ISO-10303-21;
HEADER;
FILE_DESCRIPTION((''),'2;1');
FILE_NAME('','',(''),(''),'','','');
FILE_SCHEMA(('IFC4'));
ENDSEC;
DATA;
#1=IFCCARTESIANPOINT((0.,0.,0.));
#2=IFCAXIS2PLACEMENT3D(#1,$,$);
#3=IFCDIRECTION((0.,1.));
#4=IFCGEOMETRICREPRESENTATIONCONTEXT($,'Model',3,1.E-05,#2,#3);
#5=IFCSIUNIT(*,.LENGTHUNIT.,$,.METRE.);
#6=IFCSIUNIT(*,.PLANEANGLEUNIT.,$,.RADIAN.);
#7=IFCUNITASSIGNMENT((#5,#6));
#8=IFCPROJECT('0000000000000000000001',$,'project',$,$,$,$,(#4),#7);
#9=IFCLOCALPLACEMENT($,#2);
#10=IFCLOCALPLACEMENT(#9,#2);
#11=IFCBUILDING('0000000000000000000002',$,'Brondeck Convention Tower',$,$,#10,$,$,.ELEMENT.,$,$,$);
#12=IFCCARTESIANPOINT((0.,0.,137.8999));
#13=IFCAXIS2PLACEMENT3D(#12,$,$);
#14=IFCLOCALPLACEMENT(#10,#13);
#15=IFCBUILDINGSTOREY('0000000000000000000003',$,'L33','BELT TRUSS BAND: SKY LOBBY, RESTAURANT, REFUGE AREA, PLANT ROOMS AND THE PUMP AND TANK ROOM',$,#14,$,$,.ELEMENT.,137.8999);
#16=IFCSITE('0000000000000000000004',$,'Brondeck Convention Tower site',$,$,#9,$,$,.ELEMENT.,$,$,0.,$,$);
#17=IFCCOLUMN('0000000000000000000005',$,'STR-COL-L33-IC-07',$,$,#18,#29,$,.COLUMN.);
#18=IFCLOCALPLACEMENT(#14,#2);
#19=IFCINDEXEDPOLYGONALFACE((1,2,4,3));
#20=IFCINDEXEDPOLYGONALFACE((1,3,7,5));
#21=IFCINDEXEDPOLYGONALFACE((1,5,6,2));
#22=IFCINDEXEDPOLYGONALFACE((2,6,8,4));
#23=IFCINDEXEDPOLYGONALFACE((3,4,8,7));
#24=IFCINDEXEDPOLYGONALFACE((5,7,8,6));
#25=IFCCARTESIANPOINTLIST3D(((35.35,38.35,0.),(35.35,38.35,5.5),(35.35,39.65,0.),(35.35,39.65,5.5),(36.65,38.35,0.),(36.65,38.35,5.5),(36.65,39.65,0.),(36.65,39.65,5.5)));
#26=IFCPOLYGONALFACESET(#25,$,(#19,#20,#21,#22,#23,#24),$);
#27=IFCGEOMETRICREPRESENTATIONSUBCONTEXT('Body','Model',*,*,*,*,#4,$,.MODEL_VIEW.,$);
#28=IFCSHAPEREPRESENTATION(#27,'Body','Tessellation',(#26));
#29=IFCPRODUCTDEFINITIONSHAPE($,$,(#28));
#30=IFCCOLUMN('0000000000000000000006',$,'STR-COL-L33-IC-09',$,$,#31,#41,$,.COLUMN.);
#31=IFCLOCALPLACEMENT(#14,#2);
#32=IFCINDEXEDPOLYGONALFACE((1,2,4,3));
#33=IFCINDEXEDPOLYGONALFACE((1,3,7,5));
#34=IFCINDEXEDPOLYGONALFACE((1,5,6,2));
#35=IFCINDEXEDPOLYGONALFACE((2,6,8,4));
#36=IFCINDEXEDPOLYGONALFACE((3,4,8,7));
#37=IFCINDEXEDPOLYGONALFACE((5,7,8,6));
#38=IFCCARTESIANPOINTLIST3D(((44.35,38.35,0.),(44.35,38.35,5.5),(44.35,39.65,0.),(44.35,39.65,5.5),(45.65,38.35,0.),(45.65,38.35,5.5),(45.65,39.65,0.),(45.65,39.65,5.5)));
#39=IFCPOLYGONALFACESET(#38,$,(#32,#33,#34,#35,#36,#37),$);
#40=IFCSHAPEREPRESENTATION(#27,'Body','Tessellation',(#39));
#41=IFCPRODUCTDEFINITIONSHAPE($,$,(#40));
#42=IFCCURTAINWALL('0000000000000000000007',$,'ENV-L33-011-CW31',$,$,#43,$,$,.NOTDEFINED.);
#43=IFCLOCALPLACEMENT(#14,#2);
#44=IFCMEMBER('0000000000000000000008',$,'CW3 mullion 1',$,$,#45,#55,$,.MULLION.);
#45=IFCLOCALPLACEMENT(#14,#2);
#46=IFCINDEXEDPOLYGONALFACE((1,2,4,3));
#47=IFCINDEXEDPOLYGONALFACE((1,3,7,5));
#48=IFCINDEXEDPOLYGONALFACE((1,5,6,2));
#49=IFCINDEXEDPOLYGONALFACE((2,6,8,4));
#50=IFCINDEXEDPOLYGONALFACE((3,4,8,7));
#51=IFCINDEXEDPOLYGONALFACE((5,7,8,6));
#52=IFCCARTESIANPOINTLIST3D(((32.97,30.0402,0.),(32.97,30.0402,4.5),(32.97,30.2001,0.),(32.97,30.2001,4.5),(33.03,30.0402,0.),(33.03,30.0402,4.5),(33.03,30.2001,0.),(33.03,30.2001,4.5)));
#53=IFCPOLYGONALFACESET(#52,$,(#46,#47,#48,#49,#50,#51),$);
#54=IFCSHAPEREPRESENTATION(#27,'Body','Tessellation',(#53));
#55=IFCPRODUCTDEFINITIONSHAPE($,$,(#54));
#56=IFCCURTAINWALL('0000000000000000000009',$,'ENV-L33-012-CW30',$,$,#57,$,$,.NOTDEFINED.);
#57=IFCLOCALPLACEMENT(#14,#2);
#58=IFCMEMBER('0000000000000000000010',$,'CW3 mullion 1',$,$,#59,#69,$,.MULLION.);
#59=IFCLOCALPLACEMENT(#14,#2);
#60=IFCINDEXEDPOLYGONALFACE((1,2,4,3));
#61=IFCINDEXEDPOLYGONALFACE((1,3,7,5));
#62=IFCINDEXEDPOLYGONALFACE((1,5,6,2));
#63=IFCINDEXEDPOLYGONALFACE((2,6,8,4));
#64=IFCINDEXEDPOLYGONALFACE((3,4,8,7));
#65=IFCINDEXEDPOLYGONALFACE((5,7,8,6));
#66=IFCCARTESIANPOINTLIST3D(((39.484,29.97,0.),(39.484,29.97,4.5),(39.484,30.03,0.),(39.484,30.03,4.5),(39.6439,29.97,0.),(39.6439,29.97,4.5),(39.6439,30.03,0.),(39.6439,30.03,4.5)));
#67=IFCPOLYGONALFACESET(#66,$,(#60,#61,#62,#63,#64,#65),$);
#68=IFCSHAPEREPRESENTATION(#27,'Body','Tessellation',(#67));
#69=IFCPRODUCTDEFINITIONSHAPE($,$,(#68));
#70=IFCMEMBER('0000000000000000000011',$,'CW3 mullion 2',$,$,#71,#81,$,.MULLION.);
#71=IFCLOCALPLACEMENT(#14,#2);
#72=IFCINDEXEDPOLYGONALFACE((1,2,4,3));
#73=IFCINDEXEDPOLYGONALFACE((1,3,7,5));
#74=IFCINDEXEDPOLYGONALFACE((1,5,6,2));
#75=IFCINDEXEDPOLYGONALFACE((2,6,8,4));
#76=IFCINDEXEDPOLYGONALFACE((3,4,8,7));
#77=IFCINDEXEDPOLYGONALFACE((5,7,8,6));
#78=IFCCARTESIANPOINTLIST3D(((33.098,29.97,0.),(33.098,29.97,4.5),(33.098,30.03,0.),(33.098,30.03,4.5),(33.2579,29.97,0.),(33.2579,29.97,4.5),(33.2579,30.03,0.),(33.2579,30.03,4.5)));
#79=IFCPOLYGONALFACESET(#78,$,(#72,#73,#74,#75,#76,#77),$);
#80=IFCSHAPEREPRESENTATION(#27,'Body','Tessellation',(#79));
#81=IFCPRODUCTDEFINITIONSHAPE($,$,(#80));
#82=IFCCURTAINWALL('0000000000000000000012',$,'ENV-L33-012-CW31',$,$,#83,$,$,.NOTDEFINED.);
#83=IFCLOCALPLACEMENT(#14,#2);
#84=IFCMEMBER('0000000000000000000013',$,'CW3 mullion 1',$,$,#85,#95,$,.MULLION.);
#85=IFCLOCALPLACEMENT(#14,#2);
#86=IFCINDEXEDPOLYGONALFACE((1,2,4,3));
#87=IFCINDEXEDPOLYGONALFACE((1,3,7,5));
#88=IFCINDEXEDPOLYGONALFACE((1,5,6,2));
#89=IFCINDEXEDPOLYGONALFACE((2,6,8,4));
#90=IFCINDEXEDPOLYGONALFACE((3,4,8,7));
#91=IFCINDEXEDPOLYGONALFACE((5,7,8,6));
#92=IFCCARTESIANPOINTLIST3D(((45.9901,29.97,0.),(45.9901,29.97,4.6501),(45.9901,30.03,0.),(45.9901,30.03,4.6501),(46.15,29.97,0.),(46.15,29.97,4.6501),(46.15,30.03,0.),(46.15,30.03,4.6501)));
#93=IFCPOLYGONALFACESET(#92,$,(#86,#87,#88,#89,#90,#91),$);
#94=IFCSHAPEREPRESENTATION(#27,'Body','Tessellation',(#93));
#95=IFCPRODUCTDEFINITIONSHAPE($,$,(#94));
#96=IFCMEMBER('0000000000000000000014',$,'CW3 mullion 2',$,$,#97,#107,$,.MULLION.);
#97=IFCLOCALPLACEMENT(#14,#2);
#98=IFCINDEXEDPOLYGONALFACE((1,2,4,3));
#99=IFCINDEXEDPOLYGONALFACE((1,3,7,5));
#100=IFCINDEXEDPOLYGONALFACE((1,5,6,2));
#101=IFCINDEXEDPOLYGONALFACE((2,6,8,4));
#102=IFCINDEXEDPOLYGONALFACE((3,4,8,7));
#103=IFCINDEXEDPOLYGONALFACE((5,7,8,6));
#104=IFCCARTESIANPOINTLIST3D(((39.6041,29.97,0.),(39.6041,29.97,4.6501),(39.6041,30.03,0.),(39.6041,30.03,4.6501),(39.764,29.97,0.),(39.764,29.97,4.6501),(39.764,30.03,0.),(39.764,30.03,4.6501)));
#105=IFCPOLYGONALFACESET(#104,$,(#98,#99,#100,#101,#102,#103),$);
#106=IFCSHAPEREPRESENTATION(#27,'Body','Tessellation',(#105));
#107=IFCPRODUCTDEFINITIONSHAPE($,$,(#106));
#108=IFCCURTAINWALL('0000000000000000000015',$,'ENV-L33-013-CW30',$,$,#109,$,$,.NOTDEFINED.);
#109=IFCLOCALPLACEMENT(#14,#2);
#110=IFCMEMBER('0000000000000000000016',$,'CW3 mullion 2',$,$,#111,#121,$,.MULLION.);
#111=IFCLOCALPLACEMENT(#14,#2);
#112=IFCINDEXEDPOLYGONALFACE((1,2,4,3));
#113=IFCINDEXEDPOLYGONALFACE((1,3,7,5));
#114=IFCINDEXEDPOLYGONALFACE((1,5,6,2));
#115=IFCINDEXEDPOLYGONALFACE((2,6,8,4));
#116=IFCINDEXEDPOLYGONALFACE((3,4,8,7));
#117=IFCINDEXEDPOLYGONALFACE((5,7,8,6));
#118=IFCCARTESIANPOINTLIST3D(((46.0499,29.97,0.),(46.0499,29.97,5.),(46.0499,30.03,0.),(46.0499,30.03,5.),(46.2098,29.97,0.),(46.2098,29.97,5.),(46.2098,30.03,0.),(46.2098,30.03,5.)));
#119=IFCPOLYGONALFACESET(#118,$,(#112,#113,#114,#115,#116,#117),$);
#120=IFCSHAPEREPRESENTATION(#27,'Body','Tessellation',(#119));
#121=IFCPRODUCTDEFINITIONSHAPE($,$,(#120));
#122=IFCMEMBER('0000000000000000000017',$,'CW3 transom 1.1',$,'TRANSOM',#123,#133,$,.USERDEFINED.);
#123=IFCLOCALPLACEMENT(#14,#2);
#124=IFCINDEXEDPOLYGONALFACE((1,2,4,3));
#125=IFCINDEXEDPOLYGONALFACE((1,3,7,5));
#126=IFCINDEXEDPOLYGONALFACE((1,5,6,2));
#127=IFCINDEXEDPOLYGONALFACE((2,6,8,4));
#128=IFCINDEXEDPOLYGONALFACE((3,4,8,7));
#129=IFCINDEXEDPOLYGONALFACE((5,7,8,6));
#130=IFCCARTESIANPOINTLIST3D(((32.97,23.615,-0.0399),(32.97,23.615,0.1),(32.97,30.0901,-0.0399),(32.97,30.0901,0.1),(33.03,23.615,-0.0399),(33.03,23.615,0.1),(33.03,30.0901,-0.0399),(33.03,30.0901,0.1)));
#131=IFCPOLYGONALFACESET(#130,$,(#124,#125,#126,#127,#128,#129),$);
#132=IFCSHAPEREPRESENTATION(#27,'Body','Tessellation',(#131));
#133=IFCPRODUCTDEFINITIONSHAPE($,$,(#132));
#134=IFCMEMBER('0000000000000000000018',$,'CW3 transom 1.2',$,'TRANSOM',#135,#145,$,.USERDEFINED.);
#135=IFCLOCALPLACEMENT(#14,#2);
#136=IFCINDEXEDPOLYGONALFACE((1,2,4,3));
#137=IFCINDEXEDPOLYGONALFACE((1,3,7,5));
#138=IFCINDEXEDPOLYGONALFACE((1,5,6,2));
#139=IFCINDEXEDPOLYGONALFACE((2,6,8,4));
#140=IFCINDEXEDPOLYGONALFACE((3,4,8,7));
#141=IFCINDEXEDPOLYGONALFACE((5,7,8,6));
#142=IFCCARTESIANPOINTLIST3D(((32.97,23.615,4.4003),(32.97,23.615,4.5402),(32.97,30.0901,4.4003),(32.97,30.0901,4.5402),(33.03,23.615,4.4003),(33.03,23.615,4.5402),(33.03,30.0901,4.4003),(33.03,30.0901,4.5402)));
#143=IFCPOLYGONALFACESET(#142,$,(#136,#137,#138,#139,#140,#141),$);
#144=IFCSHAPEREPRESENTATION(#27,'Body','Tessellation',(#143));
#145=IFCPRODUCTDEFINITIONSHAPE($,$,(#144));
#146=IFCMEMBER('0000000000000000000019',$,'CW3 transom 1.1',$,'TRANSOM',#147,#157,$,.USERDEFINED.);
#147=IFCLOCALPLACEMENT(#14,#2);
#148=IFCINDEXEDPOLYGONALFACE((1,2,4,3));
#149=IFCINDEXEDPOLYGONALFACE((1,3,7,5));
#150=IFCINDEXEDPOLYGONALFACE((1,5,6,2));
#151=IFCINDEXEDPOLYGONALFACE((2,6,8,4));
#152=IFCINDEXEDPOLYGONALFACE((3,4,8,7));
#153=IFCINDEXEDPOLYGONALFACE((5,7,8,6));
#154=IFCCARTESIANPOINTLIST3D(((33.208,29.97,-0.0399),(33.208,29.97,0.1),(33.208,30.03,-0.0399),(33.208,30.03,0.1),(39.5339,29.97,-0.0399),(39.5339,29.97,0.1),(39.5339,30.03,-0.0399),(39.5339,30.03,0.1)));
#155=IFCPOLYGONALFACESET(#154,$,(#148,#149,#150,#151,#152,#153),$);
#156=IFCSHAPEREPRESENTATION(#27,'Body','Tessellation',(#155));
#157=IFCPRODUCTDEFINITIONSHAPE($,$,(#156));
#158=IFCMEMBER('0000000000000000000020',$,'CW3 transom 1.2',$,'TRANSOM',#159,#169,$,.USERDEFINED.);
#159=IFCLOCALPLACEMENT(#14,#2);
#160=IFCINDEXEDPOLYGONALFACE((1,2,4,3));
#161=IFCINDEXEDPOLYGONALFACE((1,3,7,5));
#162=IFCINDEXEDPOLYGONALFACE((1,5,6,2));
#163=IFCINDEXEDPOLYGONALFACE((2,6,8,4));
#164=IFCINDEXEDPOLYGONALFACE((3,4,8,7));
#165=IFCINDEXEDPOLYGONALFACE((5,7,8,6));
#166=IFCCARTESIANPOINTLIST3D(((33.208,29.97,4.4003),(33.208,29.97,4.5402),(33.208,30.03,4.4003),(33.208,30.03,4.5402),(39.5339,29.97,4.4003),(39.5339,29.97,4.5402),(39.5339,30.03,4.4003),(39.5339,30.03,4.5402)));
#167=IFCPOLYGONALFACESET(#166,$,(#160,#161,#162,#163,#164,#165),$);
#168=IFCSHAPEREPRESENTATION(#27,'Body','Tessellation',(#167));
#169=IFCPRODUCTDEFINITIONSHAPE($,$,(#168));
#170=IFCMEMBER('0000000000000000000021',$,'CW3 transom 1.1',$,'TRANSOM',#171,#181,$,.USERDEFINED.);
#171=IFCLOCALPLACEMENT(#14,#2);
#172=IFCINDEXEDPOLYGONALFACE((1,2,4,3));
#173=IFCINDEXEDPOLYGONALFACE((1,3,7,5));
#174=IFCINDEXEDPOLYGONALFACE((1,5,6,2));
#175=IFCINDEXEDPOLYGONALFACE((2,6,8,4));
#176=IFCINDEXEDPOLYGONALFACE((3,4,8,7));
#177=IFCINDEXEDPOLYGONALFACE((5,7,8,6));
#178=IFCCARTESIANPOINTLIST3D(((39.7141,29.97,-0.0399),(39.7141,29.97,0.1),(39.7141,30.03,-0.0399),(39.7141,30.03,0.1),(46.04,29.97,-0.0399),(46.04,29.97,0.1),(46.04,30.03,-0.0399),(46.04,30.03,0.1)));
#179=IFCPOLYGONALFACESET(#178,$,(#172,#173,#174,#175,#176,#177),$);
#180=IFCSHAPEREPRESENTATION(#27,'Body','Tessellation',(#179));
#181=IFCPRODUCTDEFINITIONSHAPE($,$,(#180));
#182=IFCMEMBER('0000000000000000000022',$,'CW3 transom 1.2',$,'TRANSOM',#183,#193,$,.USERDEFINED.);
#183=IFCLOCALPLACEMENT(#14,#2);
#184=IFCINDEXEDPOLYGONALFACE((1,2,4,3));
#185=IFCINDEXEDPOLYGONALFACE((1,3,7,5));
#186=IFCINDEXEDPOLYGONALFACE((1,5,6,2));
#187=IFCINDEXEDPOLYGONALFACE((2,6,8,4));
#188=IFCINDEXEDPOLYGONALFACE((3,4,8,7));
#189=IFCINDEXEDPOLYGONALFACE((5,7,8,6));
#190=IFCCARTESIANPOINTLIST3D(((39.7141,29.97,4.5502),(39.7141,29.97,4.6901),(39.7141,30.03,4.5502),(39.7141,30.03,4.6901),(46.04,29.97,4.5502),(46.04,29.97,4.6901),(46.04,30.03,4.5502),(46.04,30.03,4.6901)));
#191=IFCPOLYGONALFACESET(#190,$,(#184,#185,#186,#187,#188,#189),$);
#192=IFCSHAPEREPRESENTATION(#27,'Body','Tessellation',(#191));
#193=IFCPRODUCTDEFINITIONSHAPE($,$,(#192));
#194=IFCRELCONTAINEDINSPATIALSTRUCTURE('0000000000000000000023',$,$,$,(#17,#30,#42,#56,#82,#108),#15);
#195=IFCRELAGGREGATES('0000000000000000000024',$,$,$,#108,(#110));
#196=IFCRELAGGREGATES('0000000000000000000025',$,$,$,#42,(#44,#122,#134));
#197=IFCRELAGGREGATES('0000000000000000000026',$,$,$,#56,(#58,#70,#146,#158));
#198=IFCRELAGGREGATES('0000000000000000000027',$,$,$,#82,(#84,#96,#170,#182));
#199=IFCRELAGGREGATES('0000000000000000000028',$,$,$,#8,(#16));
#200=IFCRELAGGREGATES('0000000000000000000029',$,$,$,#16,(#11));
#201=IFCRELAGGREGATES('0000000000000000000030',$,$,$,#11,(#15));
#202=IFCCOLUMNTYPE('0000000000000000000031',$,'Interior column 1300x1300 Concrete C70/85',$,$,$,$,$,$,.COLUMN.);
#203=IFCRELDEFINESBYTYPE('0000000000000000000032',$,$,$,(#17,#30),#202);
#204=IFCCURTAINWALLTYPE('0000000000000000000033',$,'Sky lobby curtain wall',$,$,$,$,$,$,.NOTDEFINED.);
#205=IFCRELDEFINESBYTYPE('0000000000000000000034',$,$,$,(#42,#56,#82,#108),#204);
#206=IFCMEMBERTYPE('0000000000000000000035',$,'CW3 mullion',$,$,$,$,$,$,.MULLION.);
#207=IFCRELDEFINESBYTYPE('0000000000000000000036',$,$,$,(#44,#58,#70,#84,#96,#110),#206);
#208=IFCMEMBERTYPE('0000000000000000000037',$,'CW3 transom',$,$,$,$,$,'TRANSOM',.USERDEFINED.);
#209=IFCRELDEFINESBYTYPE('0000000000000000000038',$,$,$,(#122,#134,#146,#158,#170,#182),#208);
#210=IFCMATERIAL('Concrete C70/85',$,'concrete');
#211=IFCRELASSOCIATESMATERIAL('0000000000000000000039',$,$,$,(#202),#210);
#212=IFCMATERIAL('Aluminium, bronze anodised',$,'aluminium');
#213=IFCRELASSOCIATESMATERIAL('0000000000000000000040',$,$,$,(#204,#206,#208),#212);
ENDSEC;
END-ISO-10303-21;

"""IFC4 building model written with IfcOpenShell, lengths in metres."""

from ifc_helpers import new_model, si_unit, direction, frame, origin, origin_2d, place, context, subcontext, project, spatial, rectangle, extrude, material, material_profile, profile_set, type_object, element, aggregate, save


model = new_model("IFC4")

# Units and contexts
model_context = context("Model", 3, precision=1e-05, world=origin(), true_north=direction((0.0, 1.0)))
body_context = subcontext(model_context, "Body", "Model", "MODEL_VIEW")
ifc_project = project(units=[si_unit("LENGTHUNIT", "METRE"), si_unit("PLANEANGLEUNIT", "RADIAN")], contexts=[model_context])

# Site, building, storey
site_placement = place(None, origin())
site = spatial("IfcSite", under=ifc_project, at=site_placement, Name="Brondeck Convention Tower site", CompositionType="ELEMENT", RefElevation=0.0)
building_placement = place(site_placement, origin())
building = spatial("IfcBuilding", under=site, at=building_placement, Name="Brondeck Convention Tower", CompositionType="ELEMENT")
storey_placement = place(building_placement, frame((0.0, 0.0, 137.8999)))
storey = spatial("IfcBuildingStorey", under=building, at=storey_placement, Name="L33", Description="BELT TRUSS BAND: SKY LOBBY, RESTAURANT, REFUGE AREA, PLANT ROOMS AND THE PUMP AND TANK ROOM", CompositionType="ELEMENT", Elevation=137.8999)

# Columns
ifc_material_1 = material(Name="Concrete C70/85", Category="concrete")
ifc_material_profile_1 = material_profile(ifc_material_1, rectangle(XDim=1.3, YDim=1.3, at=origin_2d()), Name="Interior column 1300x1300 Concrete C70/85")
ifc_profile_set_1 = profile_set([ifc_material_profile_1], Name="Concrete C70/85")
column_type = type_object("IfcColumnType", Name="Interior column 1300x1300 Concrete C70/85", PredefinedType="COLUMN", material=ifc_profile_set_1)
for number, where, z_axis, x_axis, name in (
    (1, (36.0, 39.0, 0.0), (0.0, 0.0, 1.0), (1.0, 0.0, 0.0), "STR-COL-L33-IC-07"),
    (2, (45.0, 39.0, 0.0), (0.0, 0.0, 1.0), (1.0, 0.0, 0.0), "STR-COL-L33-IC-09"),
):
    element("IfcColumn", number, at=place(storey_placement, frame(where, z_axis=z_axis, x_axis=x_axis)), inside=storey, type_object=column_type, Name=name, PredefinedType="COLUMN", context=body_context, shape_type="SweptSolid", body=[
        extrude(rectangle(XDim=1.3, YDim=1.3, at=origin_2d()), origin(), (0.0, 0.0, 1.0), 5.5),
    ])

# Curtain wall, member
ifc_material_2 = material(Name="Aluminium, bronze anodised", Category="aluminium")
curtain_wall_type = type_object("IfcCurtainWallType", Name="Sky lobby curtain wall", PredefinedType="NOTDEFINED", material=ifc_material_2)
curtain_wall_1_placement = place(storey_placement, origin())
curtain_wall_1 = element("IfcCurtainWall", 3, at=curtain_wall_1_placement, inside=storey, type_object=curtain_wall_type, Name="ENV-L33-011-CW31", PredefinedType="NOTDEFINED")
ifc_material_profile_2 = material_profile(ifc_material_2, rectangle(XDim=0.0601, YDim=0.1599, at=origin_2d()), Name="CW3 mullion")
ifc_profile_set_2 = profile_set([ifc_material_profile_2], Name="Aluminium, bronze anodised")
member_type_1 = type_object("IfcMemberType", Name="CW3 mullion", PredefinedType="MULLION", material=ifc_profile_set_2)
member_1_placement = place(storey_placement, frame((33.0, 30.1201, 0.0), z_axis=(0.0, 0.0, 1.0), x_axis=(1.0, 0.0, 0.0)))
member_1 = element("IfcMember", 4, at=member_1_placement, type_object=member_type_1, Name="CW3 mullion 1", PredefinedType="MULLION", context=body_context, shape_type="SweptSolid", body=[
    extrude(rectangle(XDim=0.0601, YDim=0.1599, at=origin_2d()), origin(), (0.0, 0.0, 1.0), 4.5),
])

# Curtain walls, members
curtain_wall_2_placement = place(storey_placement, origin())
curtain_wall_2 = element("IfcCurtainWall", 5, at=curtain_wall_2_placement, inside=storey, type_object=curtain_wall_type, Name="ENV-L33-012-CW30", PredefinedType="NOTDEFINED")
member_2_placement = place(storey_placement, frame((39.564, 30.0, 0.0), z_axis=(0.0, 0.0, 1.0), x_axis=(0.0, -1.0, 0.0)))
member_2 = element("IfcMember", 6, at=member_2_placement, type_object=member_type_1, Name="CW3 mullion 1", PredefinedType="MULLION", context=body_context, shape_type="SweptSolid", body=[
    extrude(rectangle(XDim=0.0601, YDim=0.1599, at=origin_2d()), origin(), (0.0, 0.0, 1.0), 4.5),
])
member_3_placement = place(storey_placement, frame((33.178, 30.0, 0.0), z_axis=(0.0, 0.0, 1.0), x_axis=(0.0, -1.0, 0.0)))
member_3 = element("IfcMember", 7, at=member_3_placement, type_object=member_type_1, Name="CW3 mullion 2", PredefinedType="MULLION", context=body_context, shape_type="SweptSolid", body=[
    extrude(rectangle(XDim=0.0601, YDim=0.1599, at=origin_2d()), origin(), (0.0, 0.0, 1.0), 4.5),
])
curtain_wall_3_placement = place(storey_placement, origin())
curtain_wall_3 = element("IfcCurtainWall", 8, at=curtain_wall_3_placement, inside=storey, type_object=curtain_wall_type, Name="ENV-L33-012-CW31", PredefinedType="NOTDEFINED")
member_4_placement = place(storey_placement, frame((46.0701, 30.0, 0.0), z_axis=(0.0, 0.0, 1.0), x_axis=(0.0, -1.0, 0.0)))
member_4 = element("IfcMember", 9, at=member_4_placement, type_object=member_type_1, Name="CW3 mullion 1", PredefinedType="MULLION", context=body_context, shape_type="SweptSolid", body=[
    extrude(rectangle(XDim=0.0601, YDim=0.1599, at=origin_2d()), origin(), (0.0, 0.0, 1.0), 4.6501),
])
member_5_placement = place(storey_placement, frame((39.6841, 30.0, 0.0), z_axis=(0.0, 0.0, 1.0), x_axis=(0.0, -1.0, 0.0)))
member_5 = element("IfcMember", 10, at=member_5_placement, type_object=member_type_1, Name="CW3 mullion 2", PredefinedType="MULLION", context=body_context, shape_type="SweptSolid", body=[
    extrude(rectangle(XDim=0.0601, YDim=0.1599, at=origin_2d()), origin(), (0.0, 0.0, 1.0), 4.6501),
])

# Curtain wall, member
curtain_wall_4_placement = place(storey_placement, origin())
curtain_wall_4 = element("IfcCurtainWall", 11, at=curtain_wall_4_placement, inside=storey, type_object=curtain_wall_type, Name="ENV-L33-013-CW30", PredefinedType="NOTDEFINED")
member_6_placement = place(storey_placement, frame((46.1299, 30.0, 0.0), z_axis=(0.0, 0.0, 1.0), x_axis=(0.0, -1.0, 0.0)))
member_6 = element("IfcMember", 12, at=member_6_placement, type_object=member_type_1, Name="CW3 mullion 2", PredefinedType="MULLION", context=body_context, shape_type="SweptSolid", body=[
    extrude(rectangle(XDim=0.0601, YDim=0.1599, at=origin_2d()), origin(), (0.0, 0.0, 1.0), 5.0),
])
aggregate(curtain_wall_4, [member_6])

# Members
ifc_material_profile_3 = material_profile(ifc_material_2, rectangle(XDim=0.0601, YDim=0.1399, at=origin_2d()), Name="CW3 transom")
ifc_profile_set_3 = profile_set([ifc_material_profile_3], Name="Aluminium, bronze anodised")
member_type_2 = type_object("IfcMemberType", Name="CW3 transom", ElementType="TRANSOM", PredefinedType="USERDEFINED", material=ifc_profile_set_3)
member_7_placement = place(storey_placement, frame((33.0, 30.0901, 0.03), z_axis=(0.0, -1.0, 0.0), x_axis=(1.0, 0.0, 0.0)))
member_7 = element("IfcMember", 13, at=member_7_placement, type_object=member_type_2, Name="CW3 transom 1.1", ObjectType="TRANSOM", PredefinedType="USERDEFINED", context=body_context, shape_type="SweptSolid", body=[
    extrude(rectangle(XDim=0.0601, YDim=0.1399, at=origin_2d()), origin(), (0.0, 0.0, 1.0), 6.4751),
])
member_8_placement = place(storey_placement, frame((33.0, 30.0901, 4.4702), z_axis=(0.0, -1.0, 0.0), x_axis=(1.0, 0.0, 0.0)))
member_8 = element("IfcMember", 14, at=member_8_placement, type_object=member_type_2, Name="CW3 transom 1.2", ObjectType="TRANSOM", PredefinedType="USERDEFINED", context=body_context, shape_type="SweptSolid", body=[
    extrude(rectangle(XDim=0.0601, YDim=0.1399, at=origin_2d()), origin(), (0.0, 0.0, 1.0), 6.4751),
])
aggregate(curtain_wall_1, [member_1, member_7, member_8])
member_9_placement = place(storey_placement, frame((39.5339, 30.0, 0.03), z_axis=(-1.0, 0.0, 0.0), x_axis=(0.0, -1.0, 0.0)))
member_9 = element("IfcMember", 15, at=member_9_placement, type_object=member_type_2, Name="CW3 transom 1.1", ObjectType="TRANSOM", PredefinedType="USERDEFINED", context=body_context, shape_type="SweptSolid", body=[
    extrude(rectangle(XDim=0.0601, YDim=0.1399, at=origin_2d()), origin(), (0.0, 0.0, 1.0), 6.3259),
])
member_10_placement = place(storey_placement, frame((39.5339, 30.0, 4.4702), z_axis=(-1.0, 0.0, 0.0), x_axis=(0.0, -1.0, 0.0)))
member_10 = element("IfcMember", 16, at=member_10_placement, type_object=member_type_2, Name="CW3 transom 1.2", ObjectType="TRANSOM", PredefinedType="USERDEFINED", context=body_context, shape_type="SweptSolid", body=[
    extrude(rectangle(XDim=0.0601, YDim=0.1399, at=origin_2d()), origin(), (0.0, 0.0, 1.0), 6.3259),
])
member_11_placement = place(storey_placement, frame((46.04, 30.0, 0.03), z_axis=(-1.0, 0.0, 0.0), x_axis=(0.0, -1.0, 0.0)))
member_11 = element("IfcMember", 17, at=member_11_placement, type_object=member_type_2, Name="CW3 transom 1.1", ObjectType="TRANSOM", PredefinedType="USERDEFINED", context=body_context, shape_type="SweptSolid", body=[
    extrude(rectangle(XDim=0.0601, YDim=0.1399, at=origin_2d()), origin(), (0.0, 0.0, 1.0), 6.3259),
])
member_12_placement = place(storey_placement, frame((46.04, 30.0, 4.6201), z_axis=(-1.0, 0.0, 0.0), x_axis=(0.0, -1.0, 0.0)))
member_12 = element("IfcMember", 18, at=member_12_placement, type_object=member_type_2, Name="CW3 transom 1.2", ObjectType="TRANSOM", PredefinedType="USERDEFINED", context=body_context, shape_type="SweptSolid", body=[
    extrude(rectangle(XDim=0.0601, YDim=0.1399, at=origin_2d()), origin(), (0.0, 0.0, 1.0), 6.3259),
])

aggregate(curtain_wall_2, [member_2, member_3, member_9, member_10])
aggregate(curtain_wall_3, [member_4, member_5, member_11, member_12])

save(model, "model.ifc")
